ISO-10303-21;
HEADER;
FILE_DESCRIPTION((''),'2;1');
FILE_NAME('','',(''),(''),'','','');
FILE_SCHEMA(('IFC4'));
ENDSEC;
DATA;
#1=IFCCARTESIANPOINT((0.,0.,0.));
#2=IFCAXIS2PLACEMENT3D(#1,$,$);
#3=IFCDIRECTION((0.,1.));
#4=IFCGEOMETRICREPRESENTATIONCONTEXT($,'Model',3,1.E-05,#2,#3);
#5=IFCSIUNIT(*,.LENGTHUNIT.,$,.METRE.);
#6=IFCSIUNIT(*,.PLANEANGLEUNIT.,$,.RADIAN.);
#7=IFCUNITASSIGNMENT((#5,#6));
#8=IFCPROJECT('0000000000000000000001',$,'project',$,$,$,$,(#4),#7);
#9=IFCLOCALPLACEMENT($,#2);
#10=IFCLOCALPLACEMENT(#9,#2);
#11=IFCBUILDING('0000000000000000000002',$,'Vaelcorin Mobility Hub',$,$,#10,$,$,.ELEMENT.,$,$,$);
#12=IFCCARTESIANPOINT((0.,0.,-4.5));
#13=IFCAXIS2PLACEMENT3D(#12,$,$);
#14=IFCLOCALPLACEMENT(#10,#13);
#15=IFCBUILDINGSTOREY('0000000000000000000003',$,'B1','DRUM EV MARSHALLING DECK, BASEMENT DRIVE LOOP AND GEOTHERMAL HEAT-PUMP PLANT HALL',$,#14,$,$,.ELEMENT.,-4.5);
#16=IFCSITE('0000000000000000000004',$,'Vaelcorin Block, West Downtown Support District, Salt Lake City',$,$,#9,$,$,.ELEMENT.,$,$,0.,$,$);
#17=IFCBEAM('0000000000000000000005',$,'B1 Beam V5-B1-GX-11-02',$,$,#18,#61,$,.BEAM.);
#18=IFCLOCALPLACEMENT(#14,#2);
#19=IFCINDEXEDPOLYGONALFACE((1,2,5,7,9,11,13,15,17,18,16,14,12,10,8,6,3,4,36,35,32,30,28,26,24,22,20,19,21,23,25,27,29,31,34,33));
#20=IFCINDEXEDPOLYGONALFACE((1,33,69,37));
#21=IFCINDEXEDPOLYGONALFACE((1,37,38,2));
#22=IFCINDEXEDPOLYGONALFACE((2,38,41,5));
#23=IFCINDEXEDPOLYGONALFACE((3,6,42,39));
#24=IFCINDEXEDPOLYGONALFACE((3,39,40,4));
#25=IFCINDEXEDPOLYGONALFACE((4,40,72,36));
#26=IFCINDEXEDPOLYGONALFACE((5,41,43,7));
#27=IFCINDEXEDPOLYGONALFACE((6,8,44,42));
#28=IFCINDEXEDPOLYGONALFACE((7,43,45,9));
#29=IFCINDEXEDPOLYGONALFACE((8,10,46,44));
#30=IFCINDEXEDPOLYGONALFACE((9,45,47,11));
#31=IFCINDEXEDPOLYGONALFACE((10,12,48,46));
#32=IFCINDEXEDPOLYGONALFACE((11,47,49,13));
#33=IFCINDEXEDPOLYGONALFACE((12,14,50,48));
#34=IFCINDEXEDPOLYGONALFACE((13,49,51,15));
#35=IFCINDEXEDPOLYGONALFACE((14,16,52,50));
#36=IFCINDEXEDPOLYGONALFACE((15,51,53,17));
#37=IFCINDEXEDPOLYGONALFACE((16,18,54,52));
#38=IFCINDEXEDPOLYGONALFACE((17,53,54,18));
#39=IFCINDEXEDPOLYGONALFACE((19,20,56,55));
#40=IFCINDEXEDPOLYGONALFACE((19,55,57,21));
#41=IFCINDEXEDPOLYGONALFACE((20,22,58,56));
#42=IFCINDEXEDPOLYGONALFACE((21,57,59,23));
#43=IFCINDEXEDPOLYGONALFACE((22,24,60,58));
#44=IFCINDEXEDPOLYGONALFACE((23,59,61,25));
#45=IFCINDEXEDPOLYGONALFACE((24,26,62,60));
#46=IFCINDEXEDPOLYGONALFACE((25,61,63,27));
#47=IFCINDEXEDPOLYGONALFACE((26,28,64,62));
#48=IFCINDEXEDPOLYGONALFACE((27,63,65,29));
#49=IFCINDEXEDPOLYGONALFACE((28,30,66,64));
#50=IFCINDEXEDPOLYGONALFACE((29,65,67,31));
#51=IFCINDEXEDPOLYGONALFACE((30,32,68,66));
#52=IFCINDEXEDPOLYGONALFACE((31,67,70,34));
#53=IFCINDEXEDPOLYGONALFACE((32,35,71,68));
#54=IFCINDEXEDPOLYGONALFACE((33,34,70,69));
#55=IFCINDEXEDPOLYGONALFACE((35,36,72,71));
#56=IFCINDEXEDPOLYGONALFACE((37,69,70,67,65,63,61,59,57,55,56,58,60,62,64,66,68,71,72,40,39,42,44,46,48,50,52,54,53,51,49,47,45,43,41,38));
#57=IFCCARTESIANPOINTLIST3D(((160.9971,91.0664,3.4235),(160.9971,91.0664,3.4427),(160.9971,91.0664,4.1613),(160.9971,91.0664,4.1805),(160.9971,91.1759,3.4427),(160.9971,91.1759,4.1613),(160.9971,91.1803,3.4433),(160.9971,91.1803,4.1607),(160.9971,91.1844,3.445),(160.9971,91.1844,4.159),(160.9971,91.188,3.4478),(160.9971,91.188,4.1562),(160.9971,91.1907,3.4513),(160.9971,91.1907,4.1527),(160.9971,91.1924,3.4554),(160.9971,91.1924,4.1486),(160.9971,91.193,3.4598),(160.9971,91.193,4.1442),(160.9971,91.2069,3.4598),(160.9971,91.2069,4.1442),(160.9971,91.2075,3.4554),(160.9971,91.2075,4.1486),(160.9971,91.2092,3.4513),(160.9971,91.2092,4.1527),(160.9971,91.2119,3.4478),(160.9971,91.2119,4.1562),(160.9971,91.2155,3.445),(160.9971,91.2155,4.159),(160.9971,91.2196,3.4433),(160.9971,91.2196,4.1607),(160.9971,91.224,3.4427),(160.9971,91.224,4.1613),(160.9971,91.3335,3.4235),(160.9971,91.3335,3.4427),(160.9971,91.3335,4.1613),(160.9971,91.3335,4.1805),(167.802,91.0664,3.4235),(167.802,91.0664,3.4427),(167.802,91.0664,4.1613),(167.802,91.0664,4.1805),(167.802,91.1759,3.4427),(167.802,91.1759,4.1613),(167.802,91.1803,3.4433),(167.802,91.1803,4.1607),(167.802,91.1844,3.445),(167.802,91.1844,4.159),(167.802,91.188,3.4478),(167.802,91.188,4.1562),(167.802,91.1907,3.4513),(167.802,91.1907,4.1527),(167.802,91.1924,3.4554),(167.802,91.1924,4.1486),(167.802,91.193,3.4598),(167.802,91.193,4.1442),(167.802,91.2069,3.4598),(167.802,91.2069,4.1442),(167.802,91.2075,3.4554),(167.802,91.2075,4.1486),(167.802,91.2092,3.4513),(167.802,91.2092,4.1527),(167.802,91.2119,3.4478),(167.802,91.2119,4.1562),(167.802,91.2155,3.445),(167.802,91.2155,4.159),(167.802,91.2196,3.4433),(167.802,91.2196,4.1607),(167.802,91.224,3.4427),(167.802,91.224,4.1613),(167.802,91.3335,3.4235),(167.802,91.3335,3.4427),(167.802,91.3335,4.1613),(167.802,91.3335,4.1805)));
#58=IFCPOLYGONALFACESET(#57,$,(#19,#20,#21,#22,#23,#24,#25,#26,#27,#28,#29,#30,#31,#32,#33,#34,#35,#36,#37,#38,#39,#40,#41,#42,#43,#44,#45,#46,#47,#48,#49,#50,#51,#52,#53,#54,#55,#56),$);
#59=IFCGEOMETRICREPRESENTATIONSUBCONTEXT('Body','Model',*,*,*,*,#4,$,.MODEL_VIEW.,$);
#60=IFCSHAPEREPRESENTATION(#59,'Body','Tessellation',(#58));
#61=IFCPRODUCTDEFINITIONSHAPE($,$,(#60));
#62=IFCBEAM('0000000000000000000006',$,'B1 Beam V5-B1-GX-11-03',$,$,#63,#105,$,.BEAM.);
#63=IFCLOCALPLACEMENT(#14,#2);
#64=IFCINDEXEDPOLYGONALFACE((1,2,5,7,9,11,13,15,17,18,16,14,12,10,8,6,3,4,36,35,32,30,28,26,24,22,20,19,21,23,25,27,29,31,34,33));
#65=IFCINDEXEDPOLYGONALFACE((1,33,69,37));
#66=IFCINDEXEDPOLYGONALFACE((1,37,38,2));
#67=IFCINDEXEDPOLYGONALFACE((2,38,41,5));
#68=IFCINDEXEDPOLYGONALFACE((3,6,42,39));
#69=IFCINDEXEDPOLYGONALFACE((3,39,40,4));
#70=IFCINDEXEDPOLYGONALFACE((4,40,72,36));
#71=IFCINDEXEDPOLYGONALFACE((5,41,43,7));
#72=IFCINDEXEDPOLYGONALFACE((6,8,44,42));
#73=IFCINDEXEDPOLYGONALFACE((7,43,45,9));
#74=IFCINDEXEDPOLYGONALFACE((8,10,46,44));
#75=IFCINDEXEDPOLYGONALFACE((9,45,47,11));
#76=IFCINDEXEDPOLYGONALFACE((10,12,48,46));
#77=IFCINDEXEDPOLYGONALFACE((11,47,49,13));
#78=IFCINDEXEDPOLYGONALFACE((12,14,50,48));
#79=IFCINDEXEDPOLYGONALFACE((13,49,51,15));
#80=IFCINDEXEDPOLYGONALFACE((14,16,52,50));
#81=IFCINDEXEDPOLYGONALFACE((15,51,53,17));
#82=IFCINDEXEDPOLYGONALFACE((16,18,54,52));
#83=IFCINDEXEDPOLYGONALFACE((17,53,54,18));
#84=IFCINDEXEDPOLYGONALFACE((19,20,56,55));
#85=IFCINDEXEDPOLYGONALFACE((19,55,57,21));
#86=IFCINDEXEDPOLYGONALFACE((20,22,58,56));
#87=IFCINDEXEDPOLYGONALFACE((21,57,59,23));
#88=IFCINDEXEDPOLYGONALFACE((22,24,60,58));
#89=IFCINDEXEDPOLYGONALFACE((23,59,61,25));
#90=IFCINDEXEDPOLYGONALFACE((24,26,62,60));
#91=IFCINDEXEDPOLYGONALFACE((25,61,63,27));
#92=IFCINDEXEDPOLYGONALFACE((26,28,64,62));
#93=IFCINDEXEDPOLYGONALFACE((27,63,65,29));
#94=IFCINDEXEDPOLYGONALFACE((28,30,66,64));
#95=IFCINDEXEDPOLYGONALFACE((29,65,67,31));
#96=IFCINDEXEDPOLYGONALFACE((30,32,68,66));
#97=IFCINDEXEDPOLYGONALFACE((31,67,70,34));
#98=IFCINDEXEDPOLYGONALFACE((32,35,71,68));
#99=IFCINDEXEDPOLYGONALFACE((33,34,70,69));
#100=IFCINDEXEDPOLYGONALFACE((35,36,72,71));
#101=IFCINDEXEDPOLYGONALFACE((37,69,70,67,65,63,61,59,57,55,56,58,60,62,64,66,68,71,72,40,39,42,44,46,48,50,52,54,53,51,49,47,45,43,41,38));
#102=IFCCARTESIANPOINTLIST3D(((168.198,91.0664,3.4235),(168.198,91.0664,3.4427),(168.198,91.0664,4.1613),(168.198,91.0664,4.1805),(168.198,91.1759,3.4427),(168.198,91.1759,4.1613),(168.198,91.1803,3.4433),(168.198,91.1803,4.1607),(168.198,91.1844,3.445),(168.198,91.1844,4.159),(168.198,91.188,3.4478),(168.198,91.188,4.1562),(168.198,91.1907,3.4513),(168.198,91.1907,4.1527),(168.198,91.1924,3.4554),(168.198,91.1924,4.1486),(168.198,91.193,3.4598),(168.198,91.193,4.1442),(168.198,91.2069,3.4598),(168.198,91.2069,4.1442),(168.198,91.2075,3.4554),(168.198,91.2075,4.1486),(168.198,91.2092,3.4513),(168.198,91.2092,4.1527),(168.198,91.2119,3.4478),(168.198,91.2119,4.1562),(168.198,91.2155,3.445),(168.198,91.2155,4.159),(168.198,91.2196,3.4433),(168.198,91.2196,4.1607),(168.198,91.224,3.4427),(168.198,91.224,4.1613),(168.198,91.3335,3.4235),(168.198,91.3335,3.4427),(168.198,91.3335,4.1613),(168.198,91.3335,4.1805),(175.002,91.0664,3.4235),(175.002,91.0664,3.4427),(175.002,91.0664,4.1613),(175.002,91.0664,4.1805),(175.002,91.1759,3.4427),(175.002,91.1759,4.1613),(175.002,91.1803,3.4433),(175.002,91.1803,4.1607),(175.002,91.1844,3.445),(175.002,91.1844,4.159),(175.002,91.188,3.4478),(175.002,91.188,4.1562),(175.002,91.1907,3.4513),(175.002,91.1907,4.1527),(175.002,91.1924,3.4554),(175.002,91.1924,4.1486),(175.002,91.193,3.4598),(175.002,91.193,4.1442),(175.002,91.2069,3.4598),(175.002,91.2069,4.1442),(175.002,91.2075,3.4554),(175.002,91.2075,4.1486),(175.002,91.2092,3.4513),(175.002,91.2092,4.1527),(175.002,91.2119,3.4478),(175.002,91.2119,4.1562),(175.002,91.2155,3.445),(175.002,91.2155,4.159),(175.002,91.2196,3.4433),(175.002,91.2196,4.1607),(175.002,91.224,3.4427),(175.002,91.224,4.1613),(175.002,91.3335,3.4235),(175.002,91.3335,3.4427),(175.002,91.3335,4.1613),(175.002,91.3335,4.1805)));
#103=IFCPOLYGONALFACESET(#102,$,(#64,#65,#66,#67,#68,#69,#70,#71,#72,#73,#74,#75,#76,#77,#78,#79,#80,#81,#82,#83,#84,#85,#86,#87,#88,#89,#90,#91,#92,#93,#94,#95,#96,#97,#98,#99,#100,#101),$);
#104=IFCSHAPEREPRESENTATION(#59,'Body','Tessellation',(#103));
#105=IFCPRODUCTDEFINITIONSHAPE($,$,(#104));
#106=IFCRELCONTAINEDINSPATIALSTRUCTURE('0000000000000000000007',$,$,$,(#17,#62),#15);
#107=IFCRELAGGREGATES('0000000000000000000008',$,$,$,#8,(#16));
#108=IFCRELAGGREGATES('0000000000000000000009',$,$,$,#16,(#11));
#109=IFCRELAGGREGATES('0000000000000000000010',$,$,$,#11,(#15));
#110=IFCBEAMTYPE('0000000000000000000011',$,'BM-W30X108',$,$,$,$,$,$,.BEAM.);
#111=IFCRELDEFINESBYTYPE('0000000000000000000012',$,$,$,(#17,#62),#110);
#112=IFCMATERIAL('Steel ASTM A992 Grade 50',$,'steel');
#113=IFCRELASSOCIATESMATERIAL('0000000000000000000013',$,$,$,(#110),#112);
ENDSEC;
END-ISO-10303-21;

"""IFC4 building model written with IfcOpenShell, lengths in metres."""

from ifc_helpers import new_model, si_unit, direction, frame, origin, origin_2d, place, context, subcontext, project, spatial, i_section, extrude, material, material_profile, profile_set, type_object, element, save


model = new_model("IFC4")

# Units and contexts
model_context = context("Model", 3, precision=1e-05, world=origin(), true_north=direction((0.0, 1.0)))
body_context = subcontext(model_context, "Body", "Model", "MODEL_VIEW")
ifc_project = project(units=[si_unit("LENGTHUNIT", "METRE"), si_unit("PLANEANGLEUNIT", "RADIAN")], contexts=[model_context])

# Site, building, storey
site_placement = place(None, origin())
site = spatial("IfcSite", under=ifc_project, at=site_placement, Name="Vaelcorin Block, West Downtown Support District, Salt Lake City", CompositionType="ELEMENT", RefElevation=0.0)
building_placement = place(site_placement, origin())
building = spatial("IfcBuilding", under=site, at=building_placement, Name="Vaelcorin Mobility Hub", CompositionType="ELEMENT")
storey_placement = place(building_placement, frame((0.0, 0.0, -4.5)))
storey = spatial("IfcBuildingStorey", under=building, at=storey_placement, Name="B1", Description="DRUM EV MARSHALLING DECK, BASEMENT DRIVE LOOP AND GEOTHERMAL HEAT-PUMP PLANT HALL", CompositionType="ELEMENT", Elevation=-4.5)

# Shared definitions
ifc_material_1 = material(Name="Steel ASTM A992 Grade 50", Category="steel")

# Beams
ifc_material_profile_1 = material_profile(ifc_material_1, i_section(OverallWidth=0.2671, OverallDepth=0.7571, WebThickness=0.0139, FlangeThickness=0.0193, FilletRadius=0.0171, at=origin_2d()), Name="W30X108")
ifc_profile_set_1 = profile_set([ifc_material_profile_1], Name="Steel ASTM A992 Grade 50")
beam_type_1 = type_object("IfcBeamType", Name="BM-W30X108", PredefinedType="BEAM", material=ifc_profile_set_1)
beam_1_placement = place(storey_placement, frame((160.9971, 91.2, 3.802), z_axis=(1.0, 0.0, 0.0), x_axis=(0.0, 1.0, 0.0)))
element("IfcBeam", 1, at=beam_1_placement, inside=storey, type_object=beam_type_1, Name="B1 Beam V5-B1-GX-11-02", PredefinedType="BEAM", context=body_context, shape_type="SweptSolid", body=[
    extrude(i_section(OverallWidth=0.2671, OverallDepth=0.7571, WebThickness=0.0139, FlangeThickness=0.0193, FilletRadius=0.0171, at=origin_2d()), origin(), (0.0, 0.0, 1.0), 6.8049),
])
beam_2_placement = place(storey_placement, frame((168.198, 91.2, 3.802), z_axis=(1.0, 0.0, 0.0), x_axis=(0.0, 1.0, 0.0)))
element("IfcBeam", 2, at=beam_2_placement, inside=storey, type_object=beam_type_1, Name="B1 Beam V5-B1-GX-11-03", PredefinedType="BEAM", context=body_context, shape_type="SweptSolid", body=[
    extrude(i_section(OverallWidth=0.2671, OverallDepth=0.7571, WebThickness=0.0139, FlangeThickness=0.0193, FilletRadius=0.0171, at=origin_2d()), origin(), (0.0, 0.0, 1.0), 6.804),
])

save(model, "model.ifc")
